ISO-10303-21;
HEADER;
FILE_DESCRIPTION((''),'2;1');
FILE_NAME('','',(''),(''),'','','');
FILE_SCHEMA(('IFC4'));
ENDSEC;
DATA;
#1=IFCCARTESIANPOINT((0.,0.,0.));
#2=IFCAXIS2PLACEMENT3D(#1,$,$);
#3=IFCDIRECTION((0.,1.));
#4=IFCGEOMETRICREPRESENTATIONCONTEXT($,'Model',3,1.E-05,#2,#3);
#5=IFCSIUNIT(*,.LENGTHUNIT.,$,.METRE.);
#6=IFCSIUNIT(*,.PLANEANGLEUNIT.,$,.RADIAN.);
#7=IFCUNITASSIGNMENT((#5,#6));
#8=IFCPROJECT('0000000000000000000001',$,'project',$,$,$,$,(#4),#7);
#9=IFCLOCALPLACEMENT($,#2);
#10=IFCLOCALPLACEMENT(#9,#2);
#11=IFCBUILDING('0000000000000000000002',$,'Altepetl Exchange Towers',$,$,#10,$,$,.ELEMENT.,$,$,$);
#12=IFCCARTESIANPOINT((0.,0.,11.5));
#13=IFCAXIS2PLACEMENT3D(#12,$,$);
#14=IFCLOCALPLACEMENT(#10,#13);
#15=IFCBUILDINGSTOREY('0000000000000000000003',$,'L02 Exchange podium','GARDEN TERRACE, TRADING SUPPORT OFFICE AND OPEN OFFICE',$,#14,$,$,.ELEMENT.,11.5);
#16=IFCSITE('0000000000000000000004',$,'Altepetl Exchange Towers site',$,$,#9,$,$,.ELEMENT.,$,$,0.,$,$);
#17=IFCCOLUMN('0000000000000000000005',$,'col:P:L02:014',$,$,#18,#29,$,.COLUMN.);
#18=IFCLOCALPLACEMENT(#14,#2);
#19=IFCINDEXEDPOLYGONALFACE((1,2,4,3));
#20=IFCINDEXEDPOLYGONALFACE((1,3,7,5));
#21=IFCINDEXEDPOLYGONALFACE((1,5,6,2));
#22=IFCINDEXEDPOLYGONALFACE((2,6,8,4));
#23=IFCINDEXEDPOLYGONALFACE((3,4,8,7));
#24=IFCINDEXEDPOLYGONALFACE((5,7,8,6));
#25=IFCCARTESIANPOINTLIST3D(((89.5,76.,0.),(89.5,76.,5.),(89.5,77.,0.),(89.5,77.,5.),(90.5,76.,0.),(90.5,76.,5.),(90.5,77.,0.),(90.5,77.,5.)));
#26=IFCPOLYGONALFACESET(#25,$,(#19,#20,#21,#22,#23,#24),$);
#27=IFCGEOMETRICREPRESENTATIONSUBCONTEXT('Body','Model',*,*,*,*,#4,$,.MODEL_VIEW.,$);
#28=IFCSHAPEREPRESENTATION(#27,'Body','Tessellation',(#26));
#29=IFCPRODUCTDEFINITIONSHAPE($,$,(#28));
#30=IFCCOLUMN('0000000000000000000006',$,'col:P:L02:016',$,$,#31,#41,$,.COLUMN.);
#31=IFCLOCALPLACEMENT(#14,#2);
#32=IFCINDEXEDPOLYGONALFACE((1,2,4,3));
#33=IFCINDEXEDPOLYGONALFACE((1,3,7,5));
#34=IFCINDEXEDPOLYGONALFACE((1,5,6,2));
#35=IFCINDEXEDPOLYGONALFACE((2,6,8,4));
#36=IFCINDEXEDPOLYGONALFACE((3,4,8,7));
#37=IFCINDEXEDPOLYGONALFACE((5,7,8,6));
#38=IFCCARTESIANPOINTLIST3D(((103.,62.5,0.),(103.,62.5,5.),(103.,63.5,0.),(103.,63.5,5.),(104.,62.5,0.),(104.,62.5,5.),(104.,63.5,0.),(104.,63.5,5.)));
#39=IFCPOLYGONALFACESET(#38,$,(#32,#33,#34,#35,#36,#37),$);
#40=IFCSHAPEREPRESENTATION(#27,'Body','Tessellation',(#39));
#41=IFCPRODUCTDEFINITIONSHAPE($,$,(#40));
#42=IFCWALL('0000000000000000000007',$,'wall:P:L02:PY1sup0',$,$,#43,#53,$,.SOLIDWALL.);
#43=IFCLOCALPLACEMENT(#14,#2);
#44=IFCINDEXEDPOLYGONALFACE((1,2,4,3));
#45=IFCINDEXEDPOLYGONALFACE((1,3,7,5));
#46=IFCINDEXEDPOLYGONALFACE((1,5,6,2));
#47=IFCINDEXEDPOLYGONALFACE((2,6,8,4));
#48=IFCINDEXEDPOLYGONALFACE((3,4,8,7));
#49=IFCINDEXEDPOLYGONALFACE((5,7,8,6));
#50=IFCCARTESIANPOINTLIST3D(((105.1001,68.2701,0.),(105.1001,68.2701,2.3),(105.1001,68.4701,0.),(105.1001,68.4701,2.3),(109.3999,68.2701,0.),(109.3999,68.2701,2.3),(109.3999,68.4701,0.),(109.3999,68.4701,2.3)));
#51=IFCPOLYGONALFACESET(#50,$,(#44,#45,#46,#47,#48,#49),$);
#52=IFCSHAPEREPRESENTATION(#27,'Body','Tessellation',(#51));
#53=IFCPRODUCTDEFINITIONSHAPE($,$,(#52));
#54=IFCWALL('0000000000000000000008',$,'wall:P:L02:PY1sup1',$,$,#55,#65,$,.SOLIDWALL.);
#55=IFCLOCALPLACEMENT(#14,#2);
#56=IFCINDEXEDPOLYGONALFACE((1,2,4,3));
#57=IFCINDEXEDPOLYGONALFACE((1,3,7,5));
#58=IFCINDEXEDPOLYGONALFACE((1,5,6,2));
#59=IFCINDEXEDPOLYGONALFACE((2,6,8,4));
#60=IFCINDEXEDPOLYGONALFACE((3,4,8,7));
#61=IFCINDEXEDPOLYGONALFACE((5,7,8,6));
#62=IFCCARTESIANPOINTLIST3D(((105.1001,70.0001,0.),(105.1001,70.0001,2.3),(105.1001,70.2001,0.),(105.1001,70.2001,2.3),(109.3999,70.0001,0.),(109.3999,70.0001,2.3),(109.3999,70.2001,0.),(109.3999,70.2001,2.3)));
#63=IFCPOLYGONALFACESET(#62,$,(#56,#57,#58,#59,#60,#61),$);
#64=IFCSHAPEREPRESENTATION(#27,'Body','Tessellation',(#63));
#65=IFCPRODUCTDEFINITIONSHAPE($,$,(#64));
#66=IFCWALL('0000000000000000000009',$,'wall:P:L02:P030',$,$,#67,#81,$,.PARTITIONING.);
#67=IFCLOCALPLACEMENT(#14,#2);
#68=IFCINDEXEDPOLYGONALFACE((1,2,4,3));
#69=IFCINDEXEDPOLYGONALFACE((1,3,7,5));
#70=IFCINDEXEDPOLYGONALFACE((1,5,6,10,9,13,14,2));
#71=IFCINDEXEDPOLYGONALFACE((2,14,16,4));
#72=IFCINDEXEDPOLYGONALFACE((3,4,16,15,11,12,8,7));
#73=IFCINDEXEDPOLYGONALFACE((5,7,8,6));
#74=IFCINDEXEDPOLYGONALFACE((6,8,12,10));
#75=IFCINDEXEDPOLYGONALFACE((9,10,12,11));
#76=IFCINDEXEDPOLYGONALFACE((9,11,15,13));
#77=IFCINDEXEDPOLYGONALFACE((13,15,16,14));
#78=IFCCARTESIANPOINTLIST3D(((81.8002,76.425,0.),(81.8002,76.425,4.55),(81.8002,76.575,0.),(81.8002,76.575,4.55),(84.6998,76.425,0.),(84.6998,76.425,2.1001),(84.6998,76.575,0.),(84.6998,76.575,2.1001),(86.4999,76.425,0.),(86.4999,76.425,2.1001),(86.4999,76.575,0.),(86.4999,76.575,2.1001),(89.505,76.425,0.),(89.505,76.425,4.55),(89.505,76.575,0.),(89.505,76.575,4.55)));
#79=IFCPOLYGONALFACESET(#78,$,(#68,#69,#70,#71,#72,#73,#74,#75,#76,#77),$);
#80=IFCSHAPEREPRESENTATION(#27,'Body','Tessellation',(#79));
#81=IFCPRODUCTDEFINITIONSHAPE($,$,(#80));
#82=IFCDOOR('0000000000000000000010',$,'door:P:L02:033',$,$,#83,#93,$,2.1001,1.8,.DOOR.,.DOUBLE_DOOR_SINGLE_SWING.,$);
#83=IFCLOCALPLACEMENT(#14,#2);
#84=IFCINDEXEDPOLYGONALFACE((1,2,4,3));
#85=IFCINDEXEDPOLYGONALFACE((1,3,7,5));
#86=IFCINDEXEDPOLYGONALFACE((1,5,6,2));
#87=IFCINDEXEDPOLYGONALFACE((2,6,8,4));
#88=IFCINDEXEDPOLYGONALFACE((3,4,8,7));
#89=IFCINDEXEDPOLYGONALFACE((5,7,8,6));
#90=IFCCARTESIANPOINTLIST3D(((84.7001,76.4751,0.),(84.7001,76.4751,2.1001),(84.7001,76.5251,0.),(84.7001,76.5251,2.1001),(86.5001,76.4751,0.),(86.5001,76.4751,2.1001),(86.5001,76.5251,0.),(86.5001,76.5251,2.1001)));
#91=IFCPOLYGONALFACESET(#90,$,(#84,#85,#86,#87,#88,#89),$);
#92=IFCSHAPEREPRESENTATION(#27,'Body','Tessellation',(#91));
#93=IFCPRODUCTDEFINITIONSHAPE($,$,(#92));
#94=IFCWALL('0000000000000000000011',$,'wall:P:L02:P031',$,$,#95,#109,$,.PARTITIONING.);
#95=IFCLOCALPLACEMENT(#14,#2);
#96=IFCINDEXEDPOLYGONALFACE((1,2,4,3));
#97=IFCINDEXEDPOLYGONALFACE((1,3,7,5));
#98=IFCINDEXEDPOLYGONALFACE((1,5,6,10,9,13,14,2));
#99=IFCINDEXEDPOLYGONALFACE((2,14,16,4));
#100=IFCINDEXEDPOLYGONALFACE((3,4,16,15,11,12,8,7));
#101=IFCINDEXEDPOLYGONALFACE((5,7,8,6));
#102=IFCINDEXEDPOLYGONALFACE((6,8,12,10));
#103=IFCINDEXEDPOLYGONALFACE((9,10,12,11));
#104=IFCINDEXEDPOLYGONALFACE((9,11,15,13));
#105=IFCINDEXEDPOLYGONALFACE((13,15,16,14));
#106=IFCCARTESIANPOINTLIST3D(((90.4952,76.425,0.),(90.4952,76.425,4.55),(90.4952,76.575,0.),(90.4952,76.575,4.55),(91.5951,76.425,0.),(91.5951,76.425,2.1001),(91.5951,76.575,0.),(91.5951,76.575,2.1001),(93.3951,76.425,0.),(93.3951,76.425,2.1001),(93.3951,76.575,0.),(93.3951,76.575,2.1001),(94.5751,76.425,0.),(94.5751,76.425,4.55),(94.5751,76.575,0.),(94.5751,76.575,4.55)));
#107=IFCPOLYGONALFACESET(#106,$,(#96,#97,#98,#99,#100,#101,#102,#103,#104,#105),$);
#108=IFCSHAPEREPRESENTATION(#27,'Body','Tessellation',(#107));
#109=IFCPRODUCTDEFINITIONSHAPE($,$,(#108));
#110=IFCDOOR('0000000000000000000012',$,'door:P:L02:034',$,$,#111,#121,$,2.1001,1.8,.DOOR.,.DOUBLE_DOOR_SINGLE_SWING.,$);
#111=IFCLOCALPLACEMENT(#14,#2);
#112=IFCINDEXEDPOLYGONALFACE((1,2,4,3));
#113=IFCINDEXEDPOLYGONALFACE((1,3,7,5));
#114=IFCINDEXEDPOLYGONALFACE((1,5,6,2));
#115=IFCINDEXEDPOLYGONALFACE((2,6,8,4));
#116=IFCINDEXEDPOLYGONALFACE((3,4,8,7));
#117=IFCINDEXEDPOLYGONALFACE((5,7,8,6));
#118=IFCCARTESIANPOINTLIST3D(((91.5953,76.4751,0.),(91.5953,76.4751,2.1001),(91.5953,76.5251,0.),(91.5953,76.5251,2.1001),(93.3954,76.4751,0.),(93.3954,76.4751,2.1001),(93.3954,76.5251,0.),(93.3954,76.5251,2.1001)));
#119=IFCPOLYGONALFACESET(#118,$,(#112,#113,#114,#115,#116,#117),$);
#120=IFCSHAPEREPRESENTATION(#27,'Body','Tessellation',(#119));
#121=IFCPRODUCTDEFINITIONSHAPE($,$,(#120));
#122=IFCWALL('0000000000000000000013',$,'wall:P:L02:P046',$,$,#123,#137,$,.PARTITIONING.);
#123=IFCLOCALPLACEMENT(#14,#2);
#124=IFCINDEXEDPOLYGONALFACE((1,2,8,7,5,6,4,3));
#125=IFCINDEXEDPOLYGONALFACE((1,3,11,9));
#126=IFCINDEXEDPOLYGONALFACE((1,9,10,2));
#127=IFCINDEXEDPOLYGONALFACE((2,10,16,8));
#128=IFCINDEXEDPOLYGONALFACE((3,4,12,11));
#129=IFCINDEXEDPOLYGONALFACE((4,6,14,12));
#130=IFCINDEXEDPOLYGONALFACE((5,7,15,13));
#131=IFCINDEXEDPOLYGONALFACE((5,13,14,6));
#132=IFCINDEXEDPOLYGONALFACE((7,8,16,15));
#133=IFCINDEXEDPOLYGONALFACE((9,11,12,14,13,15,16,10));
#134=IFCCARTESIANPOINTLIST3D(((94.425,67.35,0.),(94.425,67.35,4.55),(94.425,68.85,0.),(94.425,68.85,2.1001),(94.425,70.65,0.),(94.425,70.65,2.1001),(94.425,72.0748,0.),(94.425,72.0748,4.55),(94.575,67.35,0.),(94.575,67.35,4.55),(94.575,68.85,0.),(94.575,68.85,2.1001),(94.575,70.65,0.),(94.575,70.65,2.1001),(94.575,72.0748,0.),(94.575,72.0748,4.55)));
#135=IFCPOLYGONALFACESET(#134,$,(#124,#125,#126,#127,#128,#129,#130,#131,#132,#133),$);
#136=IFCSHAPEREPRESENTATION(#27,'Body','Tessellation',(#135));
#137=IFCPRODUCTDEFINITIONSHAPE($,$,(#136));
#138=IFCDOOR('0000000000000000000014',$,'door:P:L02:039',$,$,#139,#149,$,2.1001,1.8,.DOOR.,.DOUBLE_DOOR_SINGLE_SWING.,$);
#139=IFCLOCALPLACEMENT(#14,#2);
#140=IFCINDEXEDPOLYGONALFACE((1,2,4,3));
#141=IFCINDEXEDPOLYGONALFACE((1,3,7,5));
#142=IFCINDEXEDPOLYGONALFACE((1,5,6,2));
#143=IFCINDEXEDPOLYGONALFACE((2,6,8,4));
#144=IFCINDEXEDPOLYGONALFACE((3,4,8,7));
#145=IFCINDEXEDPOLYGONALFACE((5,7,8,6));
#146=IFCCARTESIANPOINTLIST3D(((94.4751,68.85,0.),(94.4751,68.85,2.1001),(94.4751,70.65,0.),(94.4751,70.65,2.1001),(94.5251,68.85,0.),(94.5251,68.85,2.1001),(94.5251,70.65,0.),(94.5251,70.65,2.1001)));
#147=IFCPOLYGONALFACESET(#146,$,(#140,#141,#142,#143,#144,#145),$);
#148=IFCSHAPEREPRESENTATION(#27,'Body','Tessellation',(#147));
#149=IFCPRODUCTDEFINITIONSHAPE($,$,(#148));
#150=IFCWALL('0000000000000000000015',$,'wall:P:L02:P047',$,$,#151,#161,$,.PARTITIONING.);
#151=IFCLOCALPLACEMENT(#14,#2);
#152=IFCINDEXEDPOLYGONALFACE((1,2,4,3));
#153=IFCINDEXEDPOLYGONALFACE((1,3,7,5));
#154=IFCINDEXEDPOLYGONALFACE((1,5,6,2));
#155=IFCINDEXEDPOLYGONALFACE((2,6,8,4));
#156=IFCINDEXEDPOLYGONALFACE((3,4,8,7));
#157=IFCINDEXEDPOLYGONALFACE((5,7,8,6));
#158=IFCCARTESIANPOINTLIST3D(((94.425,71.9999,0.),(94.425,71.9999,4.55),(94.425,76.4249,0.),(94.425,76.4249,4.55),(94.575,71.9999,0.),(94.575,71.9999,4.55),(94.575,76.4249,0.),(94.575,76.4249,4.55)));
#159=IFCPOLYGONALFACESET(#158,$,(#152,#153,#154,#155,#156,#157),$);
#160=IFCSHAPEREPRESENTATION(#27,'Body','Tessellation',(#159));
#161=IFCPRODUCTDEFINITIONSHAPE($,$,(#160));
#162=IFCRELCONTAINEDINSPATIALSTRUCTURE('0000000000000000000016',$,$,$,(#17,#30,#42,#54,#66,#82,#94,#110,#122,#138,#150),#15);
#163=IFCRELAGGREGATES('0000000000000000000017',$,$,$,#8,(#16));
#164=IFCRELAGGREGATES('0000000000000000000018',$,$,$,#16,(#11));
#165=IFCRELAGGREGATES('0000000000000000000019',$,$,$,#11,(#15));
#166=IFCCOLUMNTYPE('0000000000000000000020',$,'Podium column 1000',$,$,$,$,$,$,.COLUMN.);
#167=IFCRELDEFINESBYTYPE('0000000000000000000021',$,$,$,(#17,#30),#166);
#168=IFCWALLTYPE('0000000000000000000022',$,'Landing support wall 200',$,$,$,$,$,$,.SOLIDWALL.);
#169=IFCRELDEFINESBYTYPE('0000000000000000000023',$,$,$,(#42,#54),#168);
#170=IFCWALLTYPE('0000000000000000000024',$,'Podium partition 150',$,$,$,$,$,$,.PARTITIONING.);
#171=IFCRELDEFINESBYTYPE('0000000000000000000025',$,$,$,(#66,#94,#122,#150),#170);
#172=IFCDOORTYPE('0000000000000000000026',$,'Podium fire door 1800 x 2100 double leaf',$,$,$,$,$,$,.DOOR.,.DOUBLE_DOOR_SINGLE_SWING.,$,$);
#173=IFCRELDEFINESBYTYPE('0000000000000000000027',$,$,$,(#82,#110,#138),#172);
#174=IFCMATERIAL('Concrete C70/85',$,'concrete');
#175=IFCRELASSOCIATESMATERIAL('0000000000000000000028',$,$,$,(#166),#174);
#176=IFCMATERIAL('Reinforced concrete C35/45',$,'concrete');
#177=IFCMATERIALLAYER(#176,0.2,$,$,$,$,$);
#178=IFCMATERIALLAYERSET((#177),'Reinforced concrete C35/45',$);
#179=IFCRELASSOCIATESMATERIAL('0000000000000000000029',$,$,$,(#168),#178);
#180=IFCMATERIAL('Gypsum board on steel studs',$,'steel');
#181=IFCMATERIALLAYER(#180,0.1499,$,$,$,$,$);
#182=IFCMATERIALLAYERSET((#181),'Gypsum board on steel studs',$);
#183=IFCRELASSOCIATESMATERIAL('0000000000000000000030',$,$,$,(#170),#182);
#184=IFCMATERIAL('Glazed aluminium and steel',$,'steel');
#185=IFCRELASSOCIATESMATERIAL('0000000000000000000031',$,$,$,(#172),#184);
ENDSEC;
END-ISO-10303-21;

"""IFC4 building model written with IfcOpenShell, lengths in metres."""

from ifc_helpers import new_model, si_unit, direction, frame, frame_2d, origin, origin_2d, place, context, subcontext, project, spatial, rectangle, extrude, material, layer, layer_set, material_profile, profile_set, type_object, element, fill, save


model = new_model("IFC4")

# Units and contexts
model_context = context("Model", 3, precision=1e-05, world=origin(), true_north=direction((0.0, 1.0)))
body_context = subcontext(model_context, "Body", "Model", "MODEL_VIEW")
ifc_project = project(units=[si_unit("LENGTHUNIT", "METRE"), si_unit("PLANEANGLEUNIT", "RADIAN")], contexts=[model_context])

# Site, building, storey
site_placement = place(None, origin())
site = spatial("IfcSite", under=ifc_project, at=site_placement, Name="Altepetl Exchange Towers site", CompositionType="ELEMENT", RefElevation=0.0)
building_placement = place(site_placement, origin())
building = spatial("IfcBuilding", under=site, at=building_placement, Name="Altepetl Exchange Towers", CompositionType="ELEMENT")
storey_placement = place(building_placement, frame((0.0, 0.0, 11.5)))
storey = spatial("IfcBuildingStorey", under=building, at=storey_placement, Name="L02 Exchange podium", Description="GARDEN TERRACE, TRADING SUPPORT OFFICE AND OPEN OFFICE", CompositionType="ELEMENT", Elevation=11.5)

# Columns
ifc_material_1 = material(Name="Concrete C70/85", Category="concrete")
ifc_material_profile = material_profile(ifc_material_1, rectangle(XDim=1.0, YDim=1.0, at=origin_2d()), Name="1000 x 1000")
ifc_profile_set = profile_set([ifc_material_profile], Name="Concrete C70/85")
column_type = type_object("IfcColumnType", Name="Podium column 1000", PredefinedType="COLUMN", material=ifc_profile_set)
for number, where, name in (
    (1, (90.0, 76.5, 0.0), "col:P:L02:014"),
    (2, (103.5, 63.0, 0.0), "col:P:L02:016"),
):
    element("IfcColumn", number, at=place(storey_placement, frame(where)), inside=storey, type_object=column_type, Name=name, PredefinedType="COLUMN", context=body_context, shape_type="SweptSolid", body=[
        extrude(rectangle(XDim=1.0, YDim=1.0, at=origin_2d()), origin(), (0.0, 0.0, 1.0), 5.0),
    ])

# Walls
ifc_material_2 = material(Name="Reinforced concrete C35/45", Category="concrete")
ifc_layer_1 = layer(ifc_material_2, 0.2)
ifc_layer_set_1 = layer_set([ifc_layer_1], Name="Reinforced concrete C35/45")
wall_type_1 = type_object("IfcWallType", Name="Landing support wall 200", PredefinedType="SOLIDWALL", material=ifc_layer_set_1)
for number, where, name in (
    (3, (105.1001, 68.3701, 0.0), "wall:P:L02:PY1sup0"),
    (4, (105.1001, 70.1001, 0.0), "wall:P:L02:PY1sup1"),
):
    element("IfcWall", number, at=place(storey_placement, frame(where)), inside=storey, type_object=wall_type_1, Name=name, PredefinedType="SOLIDWALL", context=body_context, shape_type="SweptSolid", body=[
        extrude(rectangle(XDim=4.2998, YDim=0.2, at=frame_2d((2.1499, 0.0))), origin(), (0.0, 0.0, 1.0), 2.3),
    ])

# Walls, openings, doors
ifc_material_3 = material(Name="Gypsum board on steel studs", Category="steel")
ifc_layer_2 = layer(ifc_material_3, 0.1499)
ifc_layer_set_2 = layer_set([ifc_layer_2], Name="Gypsum board on steel studs")
wall_type_2 = type_object("IfcWallType", Name="Podium partition 150", PredefinedType="PARTITIONING", material=ifc_layer_set_2)
wall_1_placement = place(storey_placement, frame((81.8, 76.5, 0.0)))
wall_1 = element("IfcWall", 5, at=wall_1_placement, inside=storey, type_object=wall_type_2, Name="wall:P:L02:P030", PredefinedType="PARTITIONING", context=body_context, shape_type="SweptSolid", body=[
    extrude(rectangle(XDim=7.7048, YDim=0.1499, at=frame_2d((3.8525, 0.0))), origin(), (0.0, 0.0, 1.0), 4.55),
])
opening_1_placement = place(wall_1_placement, frame((2.8999, 0.0, 0.0)))
opening_1 = element("IfcOpeningElement", 6, at=opening_1_placement, cuts=wall_1, PredefinedType="OPENING", context=body_context, shape_type="SweptSolid", body=[
    extrude(rectangle(XDim=1.8, YDim=2.1001, at=frame_2d((0.8999, 1.05))), frame((0.0, 0.085, 0.0), z_axis=(0.0, -1.0, 0.0), x_axis=(1.0, 0.0, 0.0)), (0.0, 0.0, 1.0), 0.1699),
])
ifc_material_4 = material(Name="Glazed aluminium and steel", Category="steel")
door_type_1 = type_object("IfcDoorType", Name="Podium fire door 1800 x 2100 double leaf", OperationType="DOUBLE_DOOR_SINGLE_SWING", PredefinedType="DOOR", material=ifc_material_4)
door_1_placement = place(opening_1_placement, frame((1.8, 0.0, 0.0), x_axis=(-1.0, 0.0, 0.0)))
door_1 = element("IfcDoor", 7, at=door_1_placement, inside=storey, type_object=door_type_1, Name="door:P:L02:033", OperationType="DOUBLE_DOOR_SINGLE_SWING", OverallHeight=2.1001, OverallWidth=1.8, PredefinedType="DOOR", context=body_context, shape_type="SweptSolid", body=[
    extrude(rectangle(XDim=1.8, YDim=2.1001, at=frame_2d((0.8999, 1.05))), frame((0.0, 0.0249, 0.0), z_axis=(0.0, -1.0, 0.0), x_axis=(1.0, 0.0, 0.0)), (0.0, 0.0, 1.0), 0.05),
])
fill(opening_1, door_1)
wall_2_placement = place(storey_placement, frame((90.4951, 76.5, 0.0)))
wall_2 = element("IfcWall", 8, at=wall_2_placement, inside=storey, type_object=wall_type_2, Name="wall:P:L02:P031", PredefinedType="PARTITIONING", context=body_context, shape_type="SweptSolid", body=[
    extrude(rectangle(XDim=4.0798, YDim=0.1499, at=frame_2d((2.04, 0.0))), origin(), (0.0, 0.0, 1.0), 4.55),
])
opening_2_placement = place(wall_2_placement, frame((1.1001, 0.0, 0.0)))
opening_2 = element("IfcOpeningElement", 9, at=opening_2_placement, cuts=wall_2, PredefinedType="OPENING", context=body_context, shape_type="SweptSolid", body=[
    extrude(rectangle(XDim=1.8, YDim=2.1001, at=frame_2d((0.8999, 1.05))), frame((0.0, 0.085, 0.0), z_axis=(0.0, -1.0, 0.0), x_axis=(1.0, 0.0, 0.0)), (0.0, 0.0, 1.0), 0.1699),
])
door_2_placement = place(opening_2_placement, frame((1.8, 0.0, 0.0), x_axis=(-1.0, 0.0, 0.0)))
door_2 = element("IfcDoor", 10, at=door_2_placement, inside=storey, type_object=door_type_1, Name="door:P:L02:034", OperationType="DOUBLE_DOOR_SINGLE_SWING", OverallHeight=2.1001, OverallWidth=1.8, PredefinedType="DOOR", context=body_context, shape_type="SweptSolid", body=[
    extrude(rectangle(XDim=1.8, YDim=2.1001, at=frame_2d((0.8999, 1.05))), frame((0.0, 0.0249, 0.0), z_axis=(0.0, -1.0, 0.0), x_axis=(1.0, 0.0, 0.0)), (0.0, 0.0, 1.0), 0.05),
])
fill(opening_2, door_2)
wall_3_placement = place(storey_placement, frame((94.5, 67.3501, 0.0), z_axis=(0.0, 0.0, 1.0), x_axis=(0.0, 1.0, 0.0)))
wall_3 = element("IfcWall", 11, at=wall_3_placement, inside=storey, type_object=wall_type_2, Name="wall:P:L02:P046", PredefinedType="PARTITIONING", context=body_context, shape_type="SweptSolid", body=[
    extrude(rectangle(XDim=4.7249, YDim=0.1499, at=frame_2d((2.3623, 0.0))), origin(), (0.0, 0.0, 1.0), 4.55),
])
opening_3_placement = place(wall_3_placement, frame((1.5, 0.0, 0.0)))
opening_3 = element("IfcOpeningElement", 12, at=opening_3_placement, cuts=wall_3, PredefinedType="OPENING", context=body_context, shape_type="SweptSolid", body=[
    extrude(rectangle(XDim=1.8, YDim=2.1001, at=frame_2d((0.8999, 1.05))), frame((0.0, 0.085, 0.0), z_axis=(0.0, -1.0, 0.0), x_axis=(1.0, 0.0, 0.0)), (0.0, 0.0, 1.0), 0.1699),
])
door_3_placement = place(opening_3_placement, origin())
door_3 = element("IfcDoor", 13, at=door_3_placement, inside=storey, type_object=door_type_1, Name="door:P:L02:039", OperationType="DOUBLE_DOOR_SINGLE_SWING", OverallHeight=2.1001, OverallWidth=1.8, PredefinedType="DOOR", context=body_context, shape_type="SweptSolid", body=[
    extrude(rectangle(XDim=1.8, YDim=2.1001, at=frame_2d((0.8999, 1.05))), frame((0.0, 0.0249, 0.0), z_axis=(0.0, -1.0, 0.0), x_axis=(1.0, 0.0, 0.0)), (0.0, 0.0, 1.0), 0.05),
])
fill(opening_3, door_3)

# Wall
wall_4_placement = place(storey_placement, frame((94.5, 72.0, 0.0), z_axis=(0.0, 0.0, 1.0), x_axis=(0.0, 1.0, 0.0)))
element("IfcWall", 14, at=wall_4_placement, inside=storey, type_object=wall_type_2, Name="wall:P:L02:P047", PredefinedType="PARTITIONING", context=body_context, shape_type="SweptSolid", body=[
    extrude(rectangle(XDim=4.425, YDim=0.1499, at=frame_2d((2.2124, 0.0))), origin(), (0.0, 0.0, 1.0), 4.55),
])

save(model, "model.ifc")
